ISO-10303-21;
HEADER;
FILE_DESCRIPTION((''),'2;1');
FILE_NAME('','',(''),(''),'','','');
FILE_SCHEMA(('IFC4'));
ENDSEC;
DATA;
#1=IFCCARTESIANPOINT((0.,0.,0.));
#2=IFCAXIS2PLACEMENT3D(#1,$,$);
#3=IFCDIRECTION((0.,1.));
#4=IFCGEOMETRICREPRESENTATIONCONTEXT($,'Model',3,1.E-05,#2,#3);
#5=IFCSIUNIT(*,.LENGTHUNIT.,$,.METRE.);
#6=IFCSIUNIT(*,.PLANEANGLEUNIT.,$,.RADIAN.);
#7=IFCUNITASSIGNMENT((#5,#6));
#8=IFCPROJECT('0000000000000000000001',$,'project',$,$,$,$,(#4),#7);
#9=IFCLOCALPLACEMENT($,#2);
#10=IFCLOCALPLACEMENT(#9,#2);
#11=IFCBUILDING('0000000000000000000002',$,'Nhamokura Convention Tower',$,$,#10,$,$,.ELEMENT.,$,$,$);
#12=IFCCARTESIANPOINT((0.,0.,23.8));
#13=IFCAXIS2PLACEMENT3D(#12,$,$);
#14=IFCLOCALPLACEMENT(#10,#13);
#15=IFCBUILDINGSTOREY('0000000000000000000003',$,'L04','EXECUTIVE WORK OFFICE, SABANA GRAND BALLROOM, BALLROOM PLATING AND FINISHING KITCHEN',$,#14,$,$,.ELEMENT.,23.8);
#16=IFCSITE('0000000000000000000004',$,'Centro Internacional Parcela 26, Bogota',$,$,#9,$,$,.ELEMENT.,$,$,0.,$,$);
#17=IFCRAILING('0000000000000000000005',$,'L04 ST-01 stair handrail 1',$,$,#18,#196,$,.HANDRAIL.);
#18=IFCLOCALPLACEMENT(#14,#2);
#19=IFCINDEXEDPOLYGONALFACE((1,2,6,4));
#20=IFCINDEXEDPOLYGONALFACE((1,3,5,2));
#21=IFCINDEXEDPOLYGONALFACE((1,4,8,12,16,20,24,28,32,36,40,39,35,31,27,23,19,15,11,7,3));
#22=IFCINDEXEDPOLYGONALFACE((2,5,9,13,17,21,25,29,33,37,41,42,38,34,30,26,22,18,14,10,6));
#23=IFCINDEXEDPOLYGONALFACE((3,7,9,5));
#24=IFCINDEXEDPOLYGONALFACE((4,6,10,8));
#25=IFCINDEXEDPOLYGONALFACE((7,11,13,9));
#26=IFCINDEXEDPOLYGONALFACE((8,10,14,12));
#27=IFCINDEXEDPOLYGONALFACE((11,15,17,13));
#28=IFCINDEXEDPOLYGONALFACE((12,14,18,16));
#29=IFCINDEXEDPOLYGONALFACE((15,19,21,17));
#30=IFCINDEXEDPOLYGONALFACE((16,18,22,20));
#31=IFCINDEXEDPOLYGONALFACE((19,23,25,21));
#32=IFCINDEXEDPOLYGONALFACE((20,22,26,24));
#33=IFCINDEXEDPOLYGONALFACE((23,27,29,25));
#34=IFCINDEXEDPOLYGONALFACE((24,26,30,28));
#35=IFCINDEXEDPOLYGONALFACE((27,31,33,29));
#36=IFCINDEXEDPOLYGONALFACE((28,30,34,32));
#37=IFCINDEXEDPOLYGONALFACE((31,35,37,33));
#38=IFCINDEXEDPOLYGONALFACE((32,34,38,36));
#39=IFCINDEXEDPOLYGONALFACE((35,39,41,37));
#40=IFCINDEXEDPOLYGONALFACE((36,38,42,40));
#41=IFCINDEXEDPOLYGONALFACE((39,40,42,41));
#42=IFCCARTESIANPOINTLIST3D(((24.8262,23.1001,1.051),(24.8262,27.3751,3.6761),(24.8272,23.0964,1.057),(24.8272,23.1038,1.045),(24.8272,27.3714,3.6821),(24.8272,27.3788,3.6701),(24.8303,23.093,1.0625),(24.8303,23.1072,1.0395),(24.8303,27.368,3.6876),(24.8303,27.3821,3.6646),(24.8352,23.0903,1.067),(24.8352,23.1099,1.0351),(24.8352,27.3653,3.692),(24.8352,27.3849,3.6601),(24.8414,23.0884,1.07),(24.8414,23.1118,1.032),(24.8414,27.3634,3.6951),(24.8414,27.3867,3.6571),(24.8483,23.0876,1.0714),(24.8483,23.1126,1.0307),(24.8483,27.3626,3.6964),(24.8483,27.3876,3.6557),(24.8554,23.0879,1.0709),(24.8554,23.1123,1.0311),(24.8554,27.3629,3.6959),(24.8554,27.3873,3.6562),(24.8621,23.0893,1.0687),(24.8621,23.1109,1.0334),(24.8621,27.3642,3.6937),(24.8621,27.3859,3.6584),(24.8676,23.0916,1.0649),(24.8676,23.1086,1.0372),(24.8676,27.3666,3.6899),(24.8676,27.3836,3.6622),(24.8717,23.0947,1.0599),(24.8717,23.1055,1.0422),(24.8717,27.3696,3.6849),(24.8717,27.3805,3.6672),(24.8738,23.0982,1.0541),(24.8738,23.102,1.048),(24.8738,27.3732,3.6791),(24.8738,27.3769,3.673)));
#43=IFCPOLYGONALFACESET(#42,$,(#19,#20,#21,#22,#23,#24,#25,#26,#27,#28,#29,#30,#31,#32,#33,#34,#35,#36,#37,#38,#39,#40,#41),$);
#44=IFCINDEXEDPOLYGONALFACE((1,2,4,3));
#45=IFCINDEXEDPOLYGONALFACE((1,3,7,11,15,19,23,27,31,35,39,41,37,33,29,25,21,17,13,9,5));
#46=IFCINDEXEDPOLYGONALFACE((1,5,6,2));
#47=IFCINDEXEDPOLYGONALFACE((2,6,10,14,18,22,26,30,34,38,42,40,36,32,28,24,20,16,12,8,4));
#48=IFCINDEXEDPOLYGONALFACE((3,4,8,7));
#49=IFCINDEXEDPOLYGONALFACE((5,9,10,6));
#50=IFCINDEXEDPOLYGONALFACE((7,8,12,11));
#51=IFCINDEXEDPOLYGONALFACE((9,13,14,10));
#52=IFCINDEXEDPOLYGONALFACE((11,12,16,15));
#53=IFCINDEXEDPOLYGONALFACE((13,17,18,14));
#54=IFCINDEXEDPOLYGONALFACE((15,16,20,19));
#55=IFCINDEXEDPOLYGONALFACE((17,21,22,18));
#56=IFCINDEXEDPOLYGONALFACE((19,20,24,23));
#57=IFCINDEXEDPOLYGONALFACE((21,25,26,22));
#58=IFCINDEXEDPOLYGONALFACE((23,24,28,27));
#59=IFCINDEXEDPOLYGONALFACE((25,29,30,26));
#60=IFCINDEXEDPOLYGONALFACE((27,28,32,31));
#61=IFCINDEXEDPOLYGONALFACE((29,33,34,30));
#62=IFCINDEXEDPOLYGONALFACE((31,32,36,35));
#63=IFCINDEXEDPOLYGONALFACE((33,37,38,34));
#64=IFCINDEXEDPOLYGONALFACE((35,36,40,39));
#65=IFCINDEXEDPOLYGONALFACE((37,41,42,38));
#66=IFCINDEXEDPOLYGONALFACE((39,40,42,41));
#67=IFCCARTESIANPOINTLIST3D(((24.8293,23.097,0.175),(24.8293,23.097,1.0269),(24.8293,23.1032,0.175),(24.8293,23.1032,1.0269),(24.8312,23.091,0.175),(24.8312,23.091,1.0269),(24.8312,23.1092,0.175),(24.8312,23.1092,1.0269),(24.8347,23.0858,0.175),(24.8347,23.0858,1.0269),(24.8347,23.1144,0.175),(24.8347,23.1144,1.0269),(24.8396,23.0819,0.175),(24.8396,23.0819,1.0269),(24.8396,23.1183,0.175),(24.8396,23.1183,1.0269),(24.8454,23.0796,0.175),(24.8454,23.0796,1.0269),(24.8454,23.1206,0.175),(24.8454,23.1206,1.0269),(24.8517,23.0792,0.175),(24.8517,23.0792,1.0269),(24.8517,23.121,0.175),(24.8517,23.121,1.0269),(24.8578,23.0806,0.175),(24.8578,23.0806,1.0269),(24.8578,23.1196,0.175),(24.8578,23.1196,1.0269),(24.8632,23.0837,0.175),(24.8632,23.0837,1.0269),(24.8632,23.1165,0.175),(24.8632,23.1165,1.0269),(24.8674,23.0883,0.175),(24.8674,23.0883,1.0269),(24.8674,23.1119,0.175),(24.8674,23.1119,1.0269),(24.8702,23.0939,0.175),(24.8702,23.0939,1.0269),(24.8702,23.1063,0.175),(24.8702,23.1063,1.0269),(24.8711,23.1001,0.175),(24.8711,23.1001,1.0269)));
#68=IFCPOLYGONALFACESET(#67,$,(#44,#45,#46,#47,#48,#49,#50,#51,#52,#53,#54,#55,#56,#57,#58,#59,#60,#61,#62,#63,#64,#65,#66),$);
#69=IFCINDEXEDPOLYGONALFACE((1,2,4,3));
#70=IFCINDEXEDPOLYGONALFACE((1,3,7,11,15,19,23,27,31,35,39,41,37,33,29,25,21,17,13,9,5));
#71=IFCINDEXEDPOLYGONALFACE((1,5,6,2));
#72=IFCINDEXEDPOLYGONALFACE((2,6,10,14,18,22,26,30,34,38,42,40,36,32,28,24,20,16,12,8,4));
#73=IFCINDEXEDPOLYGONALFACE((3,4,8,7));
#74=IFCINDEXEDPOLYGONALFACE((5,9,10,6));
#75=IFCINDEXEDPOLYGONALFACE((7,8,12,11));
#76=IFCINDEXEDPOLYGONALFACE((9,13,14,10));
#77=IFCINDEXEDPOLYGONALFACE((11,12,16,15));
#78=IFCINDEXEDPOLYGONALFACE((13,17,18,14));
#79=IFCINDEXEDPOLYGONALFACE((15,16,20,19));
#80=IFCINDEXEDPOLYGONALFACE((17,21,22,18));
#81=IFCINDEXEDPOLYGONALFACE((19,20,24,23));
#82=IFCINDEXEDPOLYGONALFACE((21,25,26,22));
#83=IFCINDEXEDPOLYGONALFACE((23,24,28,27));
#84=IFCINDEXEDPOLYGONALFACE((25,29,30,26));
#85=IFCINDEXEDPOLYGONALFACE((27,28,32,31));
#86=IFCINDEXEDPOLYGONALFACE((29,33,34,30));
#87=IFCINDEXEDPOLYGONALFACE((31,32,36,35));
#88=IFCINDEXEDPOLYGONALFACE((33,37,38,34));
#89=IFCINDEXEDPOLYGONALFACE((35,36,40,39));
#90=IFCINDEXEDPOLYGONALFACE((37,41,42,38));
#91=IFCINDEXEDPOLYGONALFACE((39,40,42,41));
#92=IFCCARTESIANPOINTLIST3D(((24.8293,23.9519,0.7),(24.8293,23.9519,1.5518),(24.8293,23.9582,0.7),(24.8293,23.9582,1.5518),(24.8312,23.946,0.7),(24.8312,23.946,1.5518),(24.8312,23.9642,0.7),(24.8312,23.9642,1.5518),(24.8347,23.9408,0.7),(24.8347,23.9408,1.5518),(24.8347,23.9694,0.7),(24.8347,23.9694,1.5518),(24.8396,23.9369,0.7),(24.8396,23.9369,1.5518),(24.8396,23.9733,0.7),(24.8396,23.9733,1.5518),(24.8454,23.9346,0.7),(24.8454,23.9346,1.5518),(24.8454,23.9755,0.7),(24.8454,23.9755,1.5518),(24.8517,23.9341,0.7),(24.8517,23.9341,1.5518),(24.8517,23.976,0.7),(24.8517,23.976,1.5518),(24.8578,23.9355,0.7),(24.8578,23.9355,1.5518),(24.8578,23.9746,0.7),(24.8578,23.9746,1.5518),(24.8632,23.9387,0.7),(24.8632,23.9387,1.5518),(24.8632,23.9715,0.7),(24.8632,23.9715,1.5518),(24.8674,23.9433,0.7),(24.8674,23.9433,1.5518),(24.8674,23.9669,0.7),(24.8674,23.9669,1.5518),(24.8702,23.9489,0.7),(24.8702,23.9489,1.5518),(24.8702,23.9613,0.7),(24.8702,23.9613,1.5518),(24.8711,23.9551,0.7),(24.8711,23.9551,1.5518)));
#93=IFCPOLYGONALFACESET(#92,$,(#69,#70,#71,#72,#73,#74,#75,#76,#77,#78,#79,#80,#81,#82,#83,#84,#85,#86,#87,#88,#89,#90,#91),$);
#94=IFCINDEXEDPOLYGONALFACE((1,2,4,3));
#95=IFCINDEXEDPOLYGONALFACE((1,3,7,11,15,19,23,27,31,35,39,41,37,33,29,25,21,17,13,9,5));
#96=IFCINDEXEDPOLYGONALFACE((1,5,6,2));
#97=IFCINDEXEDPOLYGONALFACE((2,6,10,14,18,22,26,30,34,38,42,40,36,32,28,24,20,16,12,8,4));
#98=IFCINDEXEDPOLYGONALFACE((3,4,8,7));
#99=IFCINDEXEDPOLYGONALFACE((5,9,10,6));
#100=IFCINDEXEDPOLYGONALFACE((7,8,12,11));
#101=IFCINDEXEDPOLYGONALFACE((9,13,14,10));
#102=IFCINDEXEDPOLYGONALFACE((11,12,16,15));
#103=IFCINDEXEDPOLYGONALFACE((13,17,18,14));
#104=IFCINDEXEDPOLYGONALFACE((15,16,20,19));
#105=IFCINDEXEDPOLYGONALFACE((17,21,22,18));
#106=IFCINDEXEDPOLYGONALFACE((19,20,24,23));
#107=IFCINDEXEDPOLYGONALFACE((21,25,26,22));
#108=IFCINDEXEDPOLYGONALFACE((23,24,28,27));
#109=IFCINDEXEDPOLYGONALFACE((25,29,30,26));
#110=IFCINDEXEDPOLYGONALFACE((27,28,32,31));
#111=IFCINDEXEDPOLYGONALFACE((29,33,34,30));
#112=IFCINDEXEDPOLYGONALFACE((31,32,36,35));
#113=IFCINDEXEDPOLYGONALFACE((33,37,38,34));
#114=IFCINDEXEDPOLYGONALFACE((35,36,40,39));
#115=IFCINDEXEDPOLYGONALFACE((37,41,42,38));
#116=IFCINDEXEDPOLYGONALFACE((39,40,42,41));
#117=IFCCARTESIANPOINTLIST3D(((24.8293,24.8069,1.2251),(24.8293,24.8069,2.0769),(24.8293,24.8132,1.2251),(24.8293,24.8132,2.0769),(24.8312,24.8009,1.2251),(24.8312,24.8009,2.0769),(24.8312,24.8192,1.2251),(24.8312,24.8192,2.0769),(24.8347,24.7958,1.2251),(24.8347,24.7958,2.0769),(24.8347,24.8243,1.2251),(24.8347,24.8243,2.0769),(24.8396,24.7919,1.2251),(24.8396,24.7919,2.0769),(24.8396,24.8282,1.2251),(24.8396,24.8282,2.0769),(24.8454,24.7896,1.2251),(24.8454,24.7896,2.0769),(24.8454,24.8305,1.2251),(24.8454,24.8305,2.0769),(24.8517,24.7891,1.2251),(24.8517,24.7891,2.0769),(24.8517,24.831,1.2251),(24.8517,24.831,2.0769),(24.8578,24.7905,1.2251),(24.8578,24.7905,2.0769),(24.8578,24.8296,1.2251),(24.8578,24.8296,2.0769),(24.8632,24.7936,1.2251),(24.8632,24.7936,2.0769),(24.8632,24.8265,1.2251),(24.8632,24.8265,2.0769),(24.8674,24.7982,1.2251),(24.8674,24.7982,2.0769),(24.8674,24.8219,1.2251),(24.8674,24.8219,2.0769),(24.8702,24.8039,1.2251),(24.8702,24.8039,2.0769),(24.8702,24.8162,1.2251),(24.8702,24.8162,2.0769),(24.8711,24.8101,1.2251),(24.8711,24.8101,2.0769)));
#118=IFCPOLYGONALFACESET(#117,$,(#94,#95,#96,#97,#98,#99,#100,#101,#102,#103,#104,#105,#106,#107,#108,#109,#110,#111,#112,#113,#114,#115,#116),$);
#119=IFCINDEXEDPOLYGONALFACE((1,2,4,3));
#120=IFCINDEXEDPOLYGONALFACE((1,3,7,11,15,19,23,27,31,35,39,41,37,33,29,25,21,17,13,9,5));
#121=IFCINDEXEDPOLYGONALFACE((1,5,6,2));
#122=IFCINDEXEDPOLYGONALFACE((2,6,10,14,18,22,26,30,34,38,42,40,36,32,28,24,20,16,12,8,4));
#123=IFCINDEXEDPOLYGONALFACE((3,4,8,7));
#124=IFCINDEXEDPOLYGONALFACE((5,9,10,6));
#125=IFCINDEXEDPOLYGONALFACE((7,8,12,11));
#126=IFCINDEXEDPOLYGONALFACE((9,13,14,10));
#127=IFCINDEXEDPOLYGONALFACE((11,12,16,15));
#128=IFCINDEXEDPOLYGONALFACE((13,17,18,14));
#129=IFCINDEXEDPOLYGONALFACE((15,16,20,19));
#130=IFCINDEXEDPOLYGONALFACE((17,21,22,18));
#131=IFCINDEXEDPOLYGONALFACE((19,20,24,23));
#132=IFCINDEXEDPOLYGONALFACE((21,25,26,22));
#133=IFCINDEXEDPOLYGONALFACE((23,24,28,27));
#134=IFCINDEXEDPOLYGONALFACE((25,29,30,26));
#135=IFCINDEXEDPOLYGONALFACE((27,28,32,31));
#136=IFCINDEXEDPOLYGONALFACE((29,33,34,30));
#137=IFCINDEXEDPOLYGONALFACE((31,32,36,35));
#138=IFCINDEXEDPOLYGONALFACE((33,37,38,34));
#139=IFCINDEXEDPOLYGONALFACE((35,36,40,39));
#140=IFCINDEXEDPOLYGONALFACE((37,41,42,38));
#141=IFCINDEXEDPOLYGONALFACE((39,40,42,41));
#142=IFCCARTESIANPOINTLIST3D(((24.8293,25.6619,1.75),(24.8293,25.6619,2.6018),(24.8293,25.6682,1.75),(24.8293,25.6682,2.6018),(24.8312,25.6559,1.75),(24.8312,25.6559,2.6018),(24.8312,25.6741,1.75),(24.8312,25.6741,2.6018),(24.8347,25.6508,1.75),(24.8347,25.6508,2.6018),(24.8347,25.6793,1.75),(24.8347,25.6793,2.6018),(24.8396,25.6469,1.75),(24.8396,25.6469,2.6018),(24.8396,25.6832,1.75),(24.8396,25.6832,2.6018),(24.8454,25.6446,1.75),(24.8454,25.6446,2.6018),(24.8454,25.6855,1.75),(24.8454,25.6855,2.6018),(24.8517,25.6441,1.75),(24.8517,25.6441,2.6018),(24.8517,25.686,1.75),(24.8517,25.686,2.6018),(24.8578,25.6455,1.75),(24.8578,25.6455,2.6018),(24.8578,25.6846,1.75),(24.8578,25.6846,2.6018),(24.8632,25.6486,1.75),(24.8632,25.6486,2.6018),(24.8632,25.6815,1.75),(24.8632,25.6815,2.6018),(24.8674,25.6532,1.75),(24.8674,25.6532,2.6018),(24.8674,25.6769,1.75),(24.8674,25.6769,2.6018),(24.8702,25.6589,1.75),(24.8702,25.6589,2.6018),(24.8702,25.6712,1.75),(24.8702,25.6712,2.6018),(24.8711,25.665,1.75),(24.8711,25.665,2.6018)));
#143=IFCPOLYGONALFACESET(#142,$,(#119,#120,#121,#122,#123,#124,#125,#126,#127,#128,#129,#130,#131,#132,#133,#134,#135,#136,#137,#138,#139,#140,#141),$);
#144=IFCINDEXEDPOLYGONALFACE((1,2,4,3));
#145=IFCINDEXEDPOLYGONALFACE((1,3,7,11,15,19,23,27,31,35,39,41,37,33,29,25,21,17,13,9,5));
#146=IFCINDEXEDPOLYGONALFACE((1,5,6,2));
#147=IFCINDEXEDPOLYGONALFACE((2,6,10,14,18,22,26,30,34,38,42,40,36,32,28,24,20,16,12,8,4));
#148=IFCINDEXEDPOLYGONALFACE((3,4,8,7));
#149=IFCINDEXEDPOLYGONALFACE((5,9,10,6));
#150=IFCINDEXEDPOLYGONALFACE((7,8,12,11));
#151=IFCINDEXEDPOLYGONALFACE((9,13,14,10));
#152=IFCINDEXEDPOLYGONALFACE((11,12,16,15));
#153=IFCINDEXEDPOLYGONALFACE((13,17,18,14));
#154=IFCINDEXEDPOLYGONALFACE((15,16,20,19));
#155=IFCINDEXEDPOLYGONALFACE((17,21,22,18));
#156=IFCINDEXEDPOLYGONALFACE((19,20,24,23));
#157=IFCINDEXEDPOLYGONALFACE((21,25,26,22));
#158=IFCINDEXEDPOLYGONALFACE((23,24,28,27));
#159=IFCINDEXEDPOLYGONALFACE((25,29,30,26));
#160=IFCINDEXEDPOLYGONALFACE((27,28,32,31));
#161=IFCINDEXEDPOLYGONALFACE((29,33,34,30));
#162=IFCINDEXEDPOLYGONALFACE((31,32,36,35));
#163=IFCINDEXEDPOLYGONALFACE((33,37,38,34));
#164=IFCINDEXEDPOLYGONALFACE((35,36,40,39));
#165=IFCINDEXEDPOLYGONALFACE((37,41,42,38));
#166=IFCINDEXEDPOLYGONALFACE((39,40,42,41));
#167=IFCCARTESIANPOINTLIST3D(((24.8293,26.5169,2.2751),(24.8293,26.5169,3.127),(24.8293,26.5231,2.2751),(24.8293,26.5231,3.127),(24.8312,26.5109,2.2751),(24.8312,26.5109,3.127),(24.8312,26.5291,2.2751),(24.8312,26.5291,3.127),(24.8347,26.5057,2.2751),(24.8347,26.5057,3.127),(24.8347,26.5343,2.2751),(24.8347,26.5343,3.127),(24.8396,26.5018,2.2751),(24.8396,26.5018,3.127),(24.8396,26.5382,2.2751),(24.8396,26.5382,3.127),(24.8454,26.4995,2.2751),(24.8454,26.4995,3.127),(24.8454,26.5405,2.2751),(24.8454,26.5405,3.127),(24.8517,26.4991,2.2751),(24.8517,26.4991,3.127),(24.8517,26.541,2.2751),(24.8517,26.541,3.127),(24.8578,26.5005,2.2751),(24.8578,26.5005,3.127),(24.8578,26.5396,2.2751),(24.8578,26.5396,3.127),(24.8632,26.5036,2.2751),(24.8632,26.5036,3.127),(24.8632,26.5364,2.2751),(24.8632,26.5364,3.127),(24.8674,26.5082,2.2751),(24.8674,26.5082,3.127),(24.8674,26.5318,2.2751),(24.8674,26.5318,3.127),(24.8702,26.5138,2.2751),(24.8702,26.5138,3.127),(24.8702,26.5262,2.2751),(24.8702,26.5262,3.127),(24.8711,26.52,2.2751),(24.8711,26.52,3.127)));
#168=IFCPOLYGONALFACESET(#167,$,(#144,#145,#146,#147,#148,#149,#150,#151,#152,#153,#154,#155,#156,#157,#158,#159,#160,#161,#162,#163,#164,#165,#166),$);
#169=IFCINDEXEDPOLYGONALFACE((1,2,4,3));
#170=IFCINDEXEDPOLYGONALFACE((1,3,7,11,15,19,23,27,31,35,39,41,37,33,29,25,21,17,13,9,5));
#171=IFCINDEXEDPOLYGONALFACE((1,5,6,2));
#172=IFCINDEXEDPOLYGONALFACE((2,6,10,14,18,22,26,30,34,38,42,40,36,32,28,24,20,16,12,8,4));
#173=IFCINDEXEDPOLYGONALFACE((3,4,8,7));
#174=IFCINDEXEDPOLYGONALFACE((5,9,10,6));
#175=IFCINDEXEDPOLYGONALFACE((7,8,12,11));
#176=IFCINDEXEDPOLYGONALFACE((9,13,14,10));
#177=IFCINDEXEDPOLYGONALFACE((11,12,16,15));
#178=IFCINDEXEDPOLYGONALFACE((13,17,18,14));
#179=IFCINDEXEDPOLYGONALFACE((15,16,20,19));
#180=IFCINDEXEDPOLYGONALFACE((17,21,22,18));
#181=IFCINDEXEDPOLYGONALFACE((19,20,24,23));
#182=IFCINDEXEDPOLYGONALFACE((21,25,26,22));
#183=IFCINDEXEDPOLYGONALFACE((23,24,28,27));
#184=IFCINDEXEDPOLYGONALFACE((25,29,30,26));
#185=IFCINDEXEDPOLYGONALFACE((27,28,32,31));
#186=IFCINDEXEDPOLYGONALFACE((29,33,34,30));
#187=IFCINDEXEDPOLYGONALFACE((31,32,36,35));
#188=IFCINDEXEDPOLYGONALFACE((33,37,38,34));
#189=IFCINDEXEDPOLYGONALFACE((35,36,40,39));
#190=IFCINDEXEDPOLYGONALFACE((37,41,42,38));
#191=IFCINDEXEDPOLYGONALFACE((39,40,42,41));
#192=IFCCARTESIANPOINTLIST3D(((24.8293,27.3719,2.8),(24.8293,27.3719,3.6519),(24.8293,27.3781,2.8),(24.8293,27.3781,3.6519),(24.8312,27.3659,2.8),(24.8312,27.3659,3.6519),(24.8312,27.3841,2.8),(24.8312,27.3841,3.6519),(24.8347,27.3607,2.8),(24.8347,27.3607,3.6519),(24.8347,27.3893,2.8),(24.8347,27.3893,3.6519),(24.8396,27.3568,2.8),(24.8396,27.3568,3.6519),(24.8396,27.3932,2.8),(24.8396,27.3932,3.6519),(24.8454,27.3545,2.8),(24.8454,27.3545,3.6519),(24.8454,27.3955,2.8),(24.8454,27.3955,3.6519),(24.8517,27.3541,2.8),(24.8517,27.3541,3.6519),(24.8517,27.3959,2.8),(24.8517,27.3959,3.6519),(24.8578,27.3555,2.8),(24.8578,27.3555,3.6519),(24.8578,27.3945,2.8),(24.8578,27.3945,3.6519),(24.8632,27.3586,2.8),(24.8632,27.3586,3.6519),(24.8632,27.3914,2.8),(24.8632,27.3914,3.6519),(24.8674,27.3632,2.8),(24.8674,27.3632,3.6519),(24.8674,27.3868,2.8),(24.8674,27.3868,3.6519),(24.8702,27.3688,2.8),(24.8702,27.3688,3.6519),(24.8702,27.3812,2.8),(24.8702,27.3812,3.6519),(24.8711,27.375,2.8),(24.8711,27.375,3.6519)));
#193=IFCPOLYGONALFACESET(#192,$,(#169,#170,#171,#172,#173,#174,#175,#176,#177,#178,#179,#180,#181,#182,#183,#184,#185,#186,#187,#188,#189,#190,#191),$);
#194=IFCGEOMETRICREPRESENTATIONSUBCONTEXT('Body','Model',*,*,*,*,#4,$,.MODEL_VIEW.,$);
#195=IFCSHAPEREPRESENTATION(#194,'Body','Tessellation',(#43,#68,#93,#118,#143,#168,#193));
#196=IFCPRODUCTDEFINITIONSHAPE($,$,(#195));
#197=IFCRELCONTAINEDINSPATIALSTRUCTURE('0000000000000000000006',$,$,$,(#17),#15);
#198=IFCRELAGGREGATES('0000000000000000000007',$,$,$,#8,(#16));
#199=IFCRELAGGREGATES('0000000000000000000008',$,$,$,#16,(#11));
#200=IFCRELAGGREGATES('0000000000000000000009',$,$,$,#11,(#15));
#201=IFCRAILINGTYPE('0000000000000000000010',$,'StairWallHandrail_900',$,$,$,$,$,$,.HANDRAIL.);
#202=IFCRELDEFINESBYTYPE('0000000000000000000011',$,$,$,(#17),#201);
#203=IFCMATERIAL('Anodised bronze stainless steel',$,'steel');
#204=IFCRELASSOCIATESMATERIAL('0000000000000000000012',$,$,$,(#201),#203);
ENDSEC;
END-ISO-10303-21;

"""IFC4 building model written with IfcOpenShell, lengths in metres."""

from ifc_helpers import new_model, si_unit, direction, frame, origin, origin_2d, place, context, subcontext, project, spatial, circle, extrude, material, type_object, element, save


model = new_model("IFC4")

# Units and contexts
model_context = context("Model", 3, precision=1e-05, world=origin(), true_north=direction((0.0, 1.0)))
body_context = subcontext(model_context, "Body", "Model", "MODEL_VIEW")
ifc_project = project(units=[si_unit("LENGTHUNIT", "METRE"), si_unit("PLANEANGLEUNIT", "RADIAN")], contexts=[model_context])

# Site, building, storey
site_placement = place(None, origin())
site = spatial("IfcSite", under=ifc_project, at=site_placement, Name="Centro Internacional Parcela 26, Bogota", CompositionType="ELEMENT", RefElevation=0.0)
building_placement = place(site_placement, origin())
building = spatial("IfcBuilding", under=site, at=building_placement, Name="Nhamokura Convention Tower", CompositionType="ELEMENT")
storey_placement = place(building_placement, frame((0.0, 0.0, 23.8)))
storey = spatial("IfcBuildingStorey", under=building, at=storey_placement, Name="L04", Description="EXECUTIVE WORK OFFICE, SABANA GRAND BALLROOM, BALLROOM PLATING AND FINISHING KITCHEN", CompositionType="ELEMENT", Elevation=23.8)

# Railing
ifc_material_1 = material(Name="Anodised bronze stainless steel", Category="steel")
railing_type_1 = type_object("IfcRailingType", Name="StairWallHandrail_900", PredefinedType="HANDRAIL", material=ifc_material_1)
railing_1_placement = place(storey_placement, frame((24.8501, 23.1001, 0.175)))
element("IfcRailing", 1, at=railing_1_placement, inside=storey, type_object=railing_type_1, Name="L04 ST-01 stair handrail 1", PredefinedType="HANDRAIL", context=body_context, shape_type="SweptSolid", body=[
    extrude(circle(Radius=0.0239, at=origin_2d()), frame((0.0, 0.0, 0.876), z_axis=(0.0, 0.852166, 0.523272), x_axis=(-1.0, 0.0, 0.0)), (0.0, 0.0, 1.0), 5.0166),
    extrude(circle(Radius=0.021, at=origin_2d()), origin(), (0.0, 0.0, 1.0), 0.8518),
    extrude(circle(Radius=0.021, at=origin_2d()), frame((0.0, 0.855, 0.5249)), (0.0, 0.0, 1.0), 0.8518),
    extrude(circle(Radius=0.021, at=origin_2d()), frame((0.0, 1.71, 1.05)), (0.0, 0.0, 1.0), 0.8518),
    extrude(circle(Radius=0.021, at=origin_2d()), frame((0.0, 2.5649, 1.575)), (0.0, 0.0, 1.0), 0.8518),
    extrude(circle(Radius=0.021, at=origin_2d()), frame((0.0, 3.4199, 2.1001)), (0.0, 0.0, 1.0), 0.8518),
    extrude(circle(Radius=0.021, at=origin_2d()), frame((0.0, 4.2749, 2.625)), (0.0, 0.0, 1.0), 0.8518),
])

save(model, "model.ifc")
